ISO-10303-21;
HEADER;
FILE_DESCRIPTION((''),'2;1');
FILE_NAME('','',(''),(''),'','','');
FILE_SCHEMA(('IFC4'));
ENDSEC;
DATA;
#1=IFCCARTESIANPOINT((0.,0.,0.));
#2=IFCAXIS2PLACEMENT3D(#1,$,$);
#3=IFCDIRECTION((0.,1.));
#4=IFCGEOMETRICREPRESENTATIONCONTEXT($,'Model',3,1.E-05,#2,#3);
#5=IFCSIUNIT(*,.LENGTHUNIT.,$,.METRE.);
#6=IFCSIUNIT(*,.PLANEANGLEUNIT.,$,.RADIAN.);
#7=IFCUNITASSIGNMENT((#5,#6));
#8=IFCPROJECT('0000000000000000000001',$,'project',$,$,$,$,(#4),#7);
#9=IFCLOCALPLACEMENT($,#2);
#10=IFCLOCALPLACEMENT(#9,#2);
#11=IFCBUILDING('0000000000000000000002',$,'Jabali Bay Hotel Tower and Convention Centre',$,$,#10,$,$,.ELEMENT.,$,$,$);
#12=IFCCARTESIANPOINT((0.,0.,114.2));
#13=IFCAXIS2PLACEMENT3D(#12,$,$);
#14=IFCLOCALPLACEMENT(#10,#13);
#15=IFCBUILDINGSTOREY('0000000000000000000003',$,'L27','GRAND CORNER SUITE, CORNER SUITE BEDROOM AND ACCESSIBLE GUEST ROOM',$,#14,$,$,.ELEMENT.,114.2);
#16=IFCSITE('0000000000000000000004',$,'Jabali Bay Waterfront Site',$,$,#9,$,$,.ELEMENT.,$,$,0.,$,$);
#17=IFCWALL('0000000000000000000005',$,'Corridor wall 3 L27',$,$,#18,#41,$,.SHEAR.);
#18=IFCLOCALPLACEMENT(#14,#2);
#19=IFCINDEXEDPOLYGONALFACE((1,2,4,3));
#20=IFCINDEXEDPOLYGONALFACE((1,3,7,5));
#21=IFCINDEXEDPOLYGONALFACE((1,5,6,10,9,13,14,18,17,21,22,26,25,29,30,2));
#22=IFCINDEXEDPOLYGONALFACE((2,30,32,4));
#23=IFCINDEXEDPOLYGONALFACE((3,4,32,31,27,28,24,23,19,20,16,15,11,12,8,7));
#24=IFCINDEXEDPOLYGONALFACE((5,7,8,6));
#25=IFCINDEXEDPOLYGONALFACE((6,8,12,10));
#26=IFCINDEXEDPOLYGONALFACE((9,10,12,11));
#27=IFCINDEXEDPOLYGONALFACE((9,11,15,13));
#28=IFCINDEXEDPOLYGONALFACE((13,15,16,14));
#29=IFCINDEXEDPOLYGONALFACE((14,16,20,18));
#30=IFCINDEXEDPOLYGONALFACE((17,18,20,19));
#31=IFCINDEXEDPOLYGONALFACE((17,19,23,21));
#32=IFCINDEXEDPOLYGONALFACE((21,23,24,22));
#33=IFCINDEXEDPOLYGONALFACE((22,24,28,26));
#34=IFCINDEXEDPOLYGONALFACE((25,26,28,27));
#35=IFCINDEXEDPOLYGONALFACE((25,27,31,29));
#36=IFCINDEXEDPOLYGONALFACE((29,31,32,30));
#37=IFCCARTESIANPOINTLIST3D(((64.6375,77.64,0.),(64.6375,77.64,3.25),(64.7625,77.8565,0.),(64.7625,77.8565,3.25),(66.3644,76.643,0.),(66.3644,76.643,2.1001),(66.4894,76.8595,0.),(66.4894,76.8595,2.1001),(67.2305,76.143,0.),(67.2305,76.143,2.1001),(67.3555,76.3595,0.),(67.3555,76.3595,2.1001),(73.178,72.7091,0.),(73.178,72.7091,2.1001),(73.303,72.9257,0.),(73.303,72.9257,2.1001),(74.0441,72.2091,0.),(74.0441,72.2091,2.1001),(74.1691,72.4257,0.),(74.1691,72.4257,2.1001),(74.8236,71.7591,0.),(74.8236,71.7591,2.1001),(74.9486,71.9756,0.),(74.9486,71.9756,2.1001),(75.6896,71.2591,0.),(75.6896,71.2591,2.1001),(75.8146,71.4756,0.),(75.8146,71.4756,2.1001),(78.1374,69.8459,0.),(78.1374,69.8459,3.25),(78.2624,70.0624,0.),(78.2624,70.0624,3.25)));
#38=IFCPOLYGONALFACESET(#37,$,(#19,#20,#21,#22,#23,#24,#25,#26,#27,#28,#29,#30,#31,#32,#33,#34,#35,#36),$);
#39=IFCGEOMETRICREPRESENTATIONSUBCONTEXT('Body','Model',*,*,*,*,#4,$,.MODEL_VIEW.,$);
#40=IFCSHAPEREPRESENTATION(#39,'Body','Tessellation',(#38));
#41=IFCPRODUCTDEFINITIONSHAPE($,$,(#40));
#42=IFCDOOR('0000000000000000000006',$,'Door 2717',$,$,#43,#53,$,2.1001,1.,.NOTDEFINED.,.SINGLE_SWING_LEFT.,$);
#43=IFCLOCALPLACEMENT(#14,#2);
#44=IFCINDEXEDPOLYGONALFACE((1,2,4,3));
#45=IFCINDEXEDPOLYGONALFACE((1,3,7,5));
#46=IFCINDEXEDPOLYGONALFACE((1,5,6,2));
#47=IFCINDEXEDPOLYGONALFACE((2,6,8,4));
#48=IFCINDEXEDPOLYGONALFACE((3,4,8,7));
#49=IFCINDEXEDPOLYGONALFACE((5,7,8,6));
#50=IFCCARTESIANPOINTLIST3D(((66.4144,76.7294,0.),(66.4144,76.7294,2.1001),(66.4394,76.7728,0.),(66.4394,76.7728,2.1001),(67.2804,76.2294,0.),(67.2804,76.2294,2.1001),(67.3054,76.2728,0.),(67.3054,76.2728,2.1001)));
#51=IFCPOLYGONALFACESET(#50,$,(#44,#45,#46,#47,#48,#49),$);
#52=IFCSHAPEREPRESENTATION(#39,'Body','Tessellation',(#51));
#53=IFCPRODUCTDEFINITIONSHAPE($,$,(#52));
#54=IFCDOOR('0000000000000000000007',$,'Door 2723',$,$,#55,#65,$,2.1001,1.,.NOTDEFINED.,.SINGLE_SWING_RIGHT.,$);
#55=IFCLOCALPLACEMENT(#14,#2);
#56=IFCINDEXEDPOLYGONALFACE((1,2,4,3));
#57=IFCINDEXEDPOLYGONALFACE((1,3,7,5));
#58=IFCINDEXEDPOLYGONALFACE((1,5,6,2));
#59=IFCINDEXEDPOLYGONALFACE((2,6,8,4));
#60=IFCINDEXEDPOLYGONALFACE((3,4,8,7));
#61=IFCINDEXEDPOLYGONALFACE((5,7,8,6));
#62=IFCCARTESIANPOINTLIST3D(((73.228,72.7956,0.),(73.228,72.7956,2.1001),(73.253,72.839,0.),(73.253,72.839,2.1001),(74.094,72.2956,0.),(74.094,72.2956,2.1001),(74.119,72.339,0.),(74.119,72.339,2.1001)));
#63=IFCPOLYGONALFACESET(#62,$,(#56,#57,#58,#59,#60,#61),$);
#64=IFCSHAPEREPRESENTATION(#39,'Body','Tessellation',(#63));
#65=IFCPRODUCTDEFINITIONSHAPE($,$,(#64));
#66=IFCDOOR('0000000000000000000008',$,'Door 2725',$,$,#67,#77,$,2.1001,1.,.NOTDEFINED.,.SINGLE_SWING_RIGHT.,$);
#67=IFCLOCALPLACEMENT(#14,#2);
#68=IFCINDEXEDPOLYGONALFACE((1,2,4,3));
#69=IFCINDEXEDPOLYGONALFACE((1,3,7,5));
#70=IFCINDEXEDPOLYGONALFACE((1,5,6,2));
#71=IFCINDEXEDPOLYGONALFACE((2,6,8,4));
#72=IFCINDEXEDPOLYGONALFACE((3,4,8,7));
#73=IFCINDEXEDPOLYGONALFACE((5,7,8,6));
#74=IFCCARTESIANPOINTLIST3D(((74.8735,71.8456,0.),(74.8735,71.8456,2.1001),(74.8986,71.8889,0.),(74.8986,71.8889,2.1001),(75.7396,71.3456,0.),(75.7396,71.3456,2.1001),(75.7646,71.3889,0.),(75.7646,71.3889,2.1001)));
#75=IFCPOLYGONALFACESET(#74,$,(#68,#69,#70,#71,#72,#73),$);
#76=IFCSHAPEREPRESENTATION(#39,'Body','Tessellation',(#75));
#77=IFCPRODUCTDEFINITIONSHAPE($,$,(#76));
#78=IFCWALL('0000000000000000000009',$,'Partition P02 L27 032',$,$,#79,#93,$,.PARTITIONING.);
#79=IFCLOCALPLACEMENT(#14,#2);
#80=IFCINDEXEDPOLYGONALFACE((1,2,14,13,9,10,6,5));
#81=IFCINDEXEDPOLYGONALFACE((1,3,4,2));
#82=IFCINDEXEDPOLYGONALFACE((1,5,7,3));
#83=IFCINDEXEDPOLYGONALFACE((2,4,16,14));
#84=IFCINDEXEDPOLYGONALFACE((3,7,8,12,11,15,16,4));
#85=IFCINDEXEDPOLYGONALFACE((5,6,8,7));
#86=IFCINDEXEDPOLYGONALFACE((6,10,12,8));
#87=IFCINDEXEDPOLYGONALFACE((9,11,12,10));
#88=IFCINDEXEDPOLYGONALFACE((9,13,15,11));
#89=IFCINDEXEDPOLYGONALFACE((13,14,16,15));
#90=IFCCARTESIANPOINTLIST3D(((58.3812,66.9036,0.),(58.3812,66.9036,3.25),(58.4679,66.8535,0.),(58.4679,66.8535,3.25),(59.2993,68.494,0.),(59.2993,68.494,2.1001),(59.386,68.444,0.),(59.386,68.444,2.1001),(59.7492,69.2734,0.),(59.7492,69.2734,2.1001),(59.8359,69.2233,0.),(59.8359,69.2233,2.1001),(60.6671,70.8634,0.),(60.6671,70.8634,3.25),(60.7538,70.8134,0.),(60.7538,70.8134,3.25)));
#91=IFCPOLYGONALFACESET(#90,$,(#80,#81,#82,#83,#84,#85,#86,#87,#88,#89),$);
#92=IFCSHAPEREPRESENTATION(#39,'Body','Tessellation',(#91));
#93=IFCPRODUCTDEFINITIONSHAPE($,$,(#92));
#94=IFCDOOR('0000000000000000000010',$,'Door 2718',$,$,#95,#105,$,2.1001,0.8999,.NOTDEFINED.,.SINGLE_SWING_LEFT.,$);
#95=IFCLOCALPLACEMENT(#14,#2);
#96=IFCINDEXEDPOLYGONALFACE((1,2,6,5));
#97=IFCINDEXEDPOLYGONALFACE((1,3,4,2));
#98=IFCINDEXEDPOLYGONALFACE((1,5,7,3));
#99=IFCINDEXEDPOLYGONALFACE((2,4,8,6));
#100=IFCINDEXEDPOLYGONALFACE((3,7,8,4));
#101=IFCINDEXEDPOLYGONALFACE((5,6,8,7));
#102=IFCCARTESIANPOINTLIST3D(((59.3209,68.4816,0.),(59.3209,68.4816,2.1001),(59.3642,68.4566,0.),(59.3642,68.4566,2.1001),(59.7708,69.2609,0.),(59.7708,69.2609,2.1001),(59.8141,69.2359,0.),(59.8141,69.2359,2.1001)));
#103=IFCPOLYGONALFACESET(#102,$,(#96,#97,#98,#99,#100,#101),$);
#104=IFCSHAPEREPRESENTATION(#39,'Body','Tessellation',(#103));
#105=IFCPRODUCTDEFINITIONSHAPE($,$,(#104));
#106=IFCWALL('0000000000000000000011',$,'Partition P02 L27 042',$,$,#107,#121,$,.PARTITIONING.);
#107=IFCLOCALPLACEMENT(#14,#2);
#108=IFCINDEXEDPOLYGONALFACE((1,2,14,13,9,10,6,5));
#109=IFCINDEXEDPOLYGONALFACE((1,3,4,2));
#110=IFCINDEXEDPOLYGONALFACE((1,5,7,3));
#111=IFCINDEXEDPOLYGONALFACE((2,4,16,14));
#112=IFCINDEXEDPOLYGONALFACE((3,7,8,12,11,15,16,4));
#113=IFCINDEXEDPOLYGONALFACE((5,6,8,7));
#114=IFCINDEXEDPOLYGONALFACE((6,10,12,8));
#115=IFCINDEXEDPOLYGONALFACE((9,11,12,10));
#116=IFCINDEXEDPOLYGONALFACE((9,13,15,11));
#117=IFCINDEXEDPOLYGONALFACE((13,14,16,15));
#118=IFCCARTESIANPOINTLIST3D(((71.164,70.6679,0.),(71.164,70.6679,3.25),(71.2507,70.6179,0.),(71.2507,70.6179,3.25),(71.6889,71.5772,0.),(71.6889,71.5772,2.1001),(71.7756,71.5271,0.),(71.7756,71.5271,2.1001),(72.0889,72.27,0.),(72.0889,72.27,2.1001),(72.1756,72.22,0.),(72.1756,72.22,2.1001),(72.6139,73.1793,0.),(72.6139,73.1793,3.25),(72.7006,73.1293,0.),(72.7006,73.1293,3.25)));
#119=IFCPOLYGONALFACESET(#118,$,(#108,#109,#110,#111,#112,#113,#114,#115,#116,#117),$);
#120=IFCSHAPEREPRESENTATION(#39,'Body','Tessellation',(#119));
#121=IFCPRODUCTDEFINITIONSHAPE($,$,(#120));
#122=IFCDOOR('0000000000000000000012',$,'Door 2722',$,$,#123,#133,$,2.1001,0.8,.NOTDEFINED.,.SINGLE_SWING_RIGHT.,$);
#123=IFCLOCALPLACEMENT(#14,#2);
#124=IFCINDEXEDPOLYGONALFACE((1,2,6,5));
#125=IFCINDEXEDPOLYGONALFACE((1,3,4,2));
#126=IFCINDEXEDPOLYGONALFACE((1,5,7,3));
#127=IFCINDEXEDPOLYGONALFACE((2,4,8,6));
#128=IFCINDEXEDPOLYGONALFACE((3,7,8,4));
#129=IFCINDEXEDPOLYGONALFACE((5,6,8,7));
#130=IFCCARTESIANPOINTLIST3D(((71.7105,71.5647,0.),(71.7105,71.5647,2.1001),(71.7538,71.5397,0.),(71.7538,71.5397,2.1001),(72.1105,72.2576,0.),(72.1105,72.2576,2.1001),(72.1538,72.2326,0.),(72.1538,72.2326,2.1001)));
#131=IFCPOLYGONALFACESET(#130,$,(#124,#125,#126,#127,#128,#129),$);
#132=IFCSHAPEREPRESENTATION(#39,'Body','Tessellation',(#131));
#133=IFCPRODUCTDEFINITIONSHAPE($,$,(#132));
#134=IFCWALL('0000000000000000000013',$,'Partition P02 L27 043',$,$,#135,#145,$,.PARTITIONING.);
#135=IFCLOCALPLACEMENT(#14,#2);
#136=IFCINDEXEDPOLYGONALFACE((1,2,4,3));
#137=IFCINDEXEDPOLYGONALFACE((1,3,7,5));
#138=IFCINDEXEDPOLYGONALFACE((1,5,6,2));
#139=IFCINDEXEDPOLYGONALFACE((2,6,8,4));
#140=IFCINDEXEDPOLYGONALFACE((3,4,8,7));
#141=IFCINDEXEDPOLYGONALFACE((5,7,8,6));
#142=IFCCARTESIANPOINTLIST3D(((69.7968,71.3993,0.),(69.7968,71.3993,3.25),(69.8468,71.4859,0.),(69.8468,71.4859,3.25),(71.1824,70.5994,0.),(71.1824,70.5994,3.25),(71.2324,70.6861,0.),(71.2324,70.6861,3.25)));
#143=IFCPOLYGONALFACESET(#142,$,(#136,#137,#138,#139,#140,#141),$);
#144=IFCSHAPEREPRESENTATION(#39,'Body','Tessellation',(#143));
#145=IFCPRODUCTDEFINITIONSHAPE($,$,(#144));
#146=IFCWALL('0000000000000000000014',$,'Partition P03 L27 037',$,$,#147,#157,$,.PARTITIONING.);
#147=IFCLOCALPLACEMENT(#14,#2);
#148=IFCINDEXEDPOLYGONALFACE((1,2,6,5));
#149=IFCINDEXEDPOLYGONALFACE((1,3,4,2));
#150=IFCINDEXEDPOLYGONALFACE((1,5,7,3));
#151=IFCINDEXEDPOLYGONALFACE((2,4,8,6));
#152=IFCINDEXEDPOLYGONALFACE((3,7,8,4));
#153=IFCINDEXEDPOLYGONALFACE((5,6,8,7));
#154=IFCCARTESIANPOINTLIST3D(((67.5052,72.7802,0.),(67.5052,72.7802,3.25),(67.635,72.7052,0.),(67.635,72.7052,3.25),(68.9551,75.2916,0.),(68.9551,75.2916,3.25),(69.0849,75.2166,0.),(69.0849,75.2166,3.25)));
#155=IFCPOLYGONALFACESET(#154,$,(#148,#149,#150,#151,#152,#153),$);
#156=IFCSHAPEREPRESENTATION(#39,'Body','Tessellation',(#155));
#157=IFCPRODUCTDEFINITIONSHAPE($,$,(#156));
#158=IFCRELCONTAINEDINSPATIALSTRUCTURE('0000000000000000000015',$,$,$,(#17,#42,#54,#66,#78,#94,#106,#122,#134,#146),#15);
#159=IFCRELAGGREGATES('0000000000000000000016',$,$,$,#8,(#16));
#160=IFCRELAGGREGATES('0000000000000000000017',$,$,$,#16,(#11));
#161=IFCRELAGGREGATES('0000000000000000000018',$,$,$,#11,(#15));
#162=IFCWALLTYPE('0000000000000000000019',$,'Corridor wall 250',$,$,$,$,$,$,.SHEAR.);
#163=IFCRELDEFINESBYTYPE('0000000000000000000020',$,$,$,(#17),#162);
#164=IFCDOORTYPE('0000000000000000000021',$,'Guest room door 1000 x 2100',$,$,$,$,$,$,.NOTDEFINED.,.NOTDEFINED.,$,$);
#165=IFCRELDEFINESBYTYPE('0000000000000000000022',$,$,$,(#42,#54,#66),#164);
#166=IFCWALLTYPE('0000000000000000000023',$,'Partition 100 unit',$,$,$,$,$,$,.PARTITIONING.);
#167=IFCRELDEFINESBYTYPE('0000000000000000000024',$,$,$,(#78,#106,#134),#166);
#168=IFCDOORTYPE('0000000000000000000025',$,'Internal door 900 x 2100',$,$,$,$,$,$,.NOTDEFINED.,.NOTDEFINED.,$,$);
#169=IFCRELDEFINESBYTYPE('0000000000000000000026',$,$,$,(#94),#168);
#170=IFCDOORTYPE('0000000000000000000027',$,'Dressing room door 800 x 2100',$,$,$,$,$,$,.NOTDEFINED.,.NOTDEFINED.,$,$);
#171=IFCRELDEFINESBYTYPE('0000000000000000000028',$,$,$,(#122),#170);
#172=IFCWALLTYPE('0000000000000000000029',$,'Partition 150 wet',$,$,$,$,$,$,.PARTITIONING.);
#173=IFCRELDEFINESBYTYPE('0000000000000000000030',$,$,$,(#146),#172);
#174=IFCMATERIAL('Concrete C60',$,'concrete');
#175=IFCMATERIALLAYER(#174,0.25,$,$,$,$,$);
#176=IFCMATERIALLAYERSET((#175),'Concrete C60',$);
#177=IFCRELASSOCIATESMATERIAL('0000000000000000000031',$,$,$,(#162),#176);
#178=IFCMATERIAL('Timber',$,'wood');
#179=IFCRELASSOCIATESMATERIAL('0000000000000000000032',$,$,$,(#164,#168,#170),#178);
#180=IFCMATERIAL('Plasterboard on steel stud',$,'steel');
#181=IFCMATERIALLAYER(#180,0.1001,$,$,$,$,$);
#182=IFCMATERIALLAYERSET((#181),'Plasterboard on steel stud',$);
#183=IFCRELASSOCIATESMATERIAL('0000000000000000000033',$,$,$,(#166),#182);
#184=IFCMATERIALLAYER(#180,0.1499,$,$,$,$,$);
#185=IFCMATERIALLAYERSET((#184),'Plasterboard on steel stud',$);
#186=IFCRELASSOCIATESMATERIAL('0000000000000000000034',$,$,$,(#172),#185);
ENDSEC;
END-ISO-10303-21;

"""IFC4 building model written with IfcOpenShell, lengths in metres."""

from ifc_helpers import new_model, si_unit, direction, frame, frame_2d, origin, place, context, subcontext, project, spatial, rectangle, extrude, material, layer, layer_set, type_object, element, fill, save


model = new_model("IFC4")

# Units and contexts
model_context = context("Model", 3, precision=1e-05, world=origin(), true_north=direction((0.0, 1.0)))
body_context = subcontext(model_context, "Body", "Model", "MODEL_VIEW")
ifc_project = project(units=[si_unit("LENGTHUNIT", "METRE"), si_unit("PLANEANGLEUNIT", "RADIAN")], contexts=[model_context])

# Site, building, storey
site_placement = place(None, origin())
site = spatial("IfcSite", under=ifc_project, at=site_placement, Name="Jabali Bay Waterfront Site", CompositionType="ELEMENT", RefElevation=0.0)
building_placement = place(site_placement, origin())
building = spatial("IfcBuilding", under=site, at=building_placement, Name="Jabali Bay Hotel Tower and Convention Centre", CompositionType="ELEMENT")
storey_placement = place(building_placement, frame((0.0, 0.0, 114.2)))
storey = spatial("IfcBuildingStorey", under=building, at=storey_placement, Name="L27", Description="GRAND CORNER SUITE, CORNER SUITE BEDROOM AND ACCESSIBLE GUEST ROOM", CompositionType="ELEMENT", Elevation=114.2)

# Shared definitions
ifc_material_1 = material(Name="Concrete C60", Category="concrete")

# Wall, openings, doors
ifc_layer_1 = layer(ifc_material_1, 0.25)
ifc_layer_set_1 = layer_set([ifc_layer_1], Name="Concrete C60")
wall_type_1 = type_object("IfcWallType", Name="Corridor wall 250", PredefinedType="SHEAR", material=ifc_layer_set_1)
wall_1_placement = place(storey_placement, frame((64.7, 77.7483, 0.0), z_axis=(0.0, 0.0, 1.0), x_axis=(0.866026, -0.499998, 0.0)))
wall_1 = element("IfcWall", 1, at=wall_1_placement, inside=storey, type_object=wall_type_1, Name="Corridor wall 3 L27", PredefinedType="SHEAR", context=body_context, shape_type="SweptSolid", body=[
    extrude(rectangle(XDim=15.5884, YDim=0.25, at=frame_2d((7.7942, 0.0))), origin(), (0.0, 0.0, 1.0), 3.25),
])
opening_1_placement = place(wall_1_placement, frame((1.9941, 0.0, 0.0)))
opening_1 = element("IfcOpeningElement", 2, at=opening_1_placement, cuts=wall_1, PredefinedType="OPENING", context=body_context, shape_type="SweptSolid", body=[
    extrude(rectangle(XDim=1.0, YDim=2.1001, at=frame_2d((0.5, 1.05))), frame((0.0, 0.1355, 0.0), z_axis=(0.0, -1.0, 0.0), x_axis=(1.0, 0.0, 0.0)), (0.0, 0.0, 1.0), 0.271),
])
opening_2_placement = place(wall_1_placement, frame((9.8618, 0.0, 0.0)))
opening_2 = element("IfcOpeningElement", 3, at=opening_2_placement, cuts=wall_1, PredefinedType="OPENING", context=body_context, shape_type="SweptSolid", body=[
    extrude(rectangle(XDim=1.0, YDim=2.1001, at=frame_2d((0.5, 1.05))), frame((0.0, 0.1355, 0.0), z_axis=(0.0, -1.0, 0.0), x_axis=(1.0, 0.0, 0.0)), (0.0, 0.0, 1.0), 0.271),
])
opening_3_placement = place(wall_1_placement, frame((11.762, 0.0, 0.0)))
opening_3 = element("IfcOpeningElement", 4, at=opening_3_placement, cuts=wall_1, PredefinedType="OPENING", context=body_context, shape_type="SweptSolid", body=[
    extrude(rectangle(XDim=1.0, YDim=2.1001, at=frame_2d((0.5, 1.05))), frame((0.0, 0.1355, 0.0), z_axis=(0.0, -1.0, 0.0), x_axis=(1.0, 0.0, 0.0)), (0.0, 0.0, 1.0), 0.271),
])
ifc_material_2 = material(Name="Timber", Category="wood")
door_type_1 = type_object("IfcDoorType", Name="Guest room door 1000 x 2100", OperationType="NOTDEFINED", PredefinedType="NOTDEFINED", material=ifc_material_2)
door_1_placement = place(opening_1_placement, origin())
door_1 = element("IfcDoor", 5, at=door_1_placement, inside=storey, type_object=door_type_1, Name="Door 2717", OperationType="SINGLE_SWING_LEFT", OverallHeight=2.1001, OverallWidth=1.0, PredefinedType="NOTDEFINED", context=body_context, shape_type="SweptSolid", body=[
    extrude(rectangle(XDim=1.0, YDim=2.1001, at=frame_2d((0.5, 1.05))), frame((0.0, 0.0249, 0.0), z_axis=(0.0, -1.0, 0.0), x_axis=(1.0, 0.0, 0.0)), (0.0, 0.0, 1.0), 0.05),
])
fill(opening_1, door_1)
door_2_placement = place(opening_2_placement, origin())
door_2 = element("IfcDoor", 6, at=door_2_placement, inside=storey, type_object=door_type_1, Name="Door 2723", OperationType="SINGLE_SWING_RIGHT", OverallHeight=2.1001, OverallWidth=1.0, PredefinedType="NOTDEFINED", context=body_context, shape_type="SweptSolid", body=[
    extrude(rectangle(XDim=1.0, YDim=2.1001, at=frame_2d((0.5, 1.05))), frame((0.0, 0.0249, 0.0), z_axis=(0.0, -1.0, 0.0), x_axis=(1.0, 0.0, 0.0)), (0.0, 0.0, 1.0), 0.05),
])
fill(opening_2, door_2)
door_3_placement = place(opening_3_placement, origin())
door_3 = element("IfcDoor", 7, at=door_3_placement, inside=storey, type_object=door_type_1, Name="Door 2725", OperationType="SINGLE_SWING_RIGHT", OverallHeight=2.1001, OverallWidth=1.0, PredefinedType="NOTDEFINED", context=body_context, shape_type="SweptSolid", body=[
    extrude(rectangle(XDim=1.0, YDim=2.1001, at=frame_2d((0.5, 1.05))), frame((0.0, 0.0249, 0.0), z_axis=(0.0, -1.0, 0.0), x_axis=(1.0, 0.0, 0.0)), (0.0, 0.0, 1.0), 0.05),
])
fill(opening_3, door_3)

# Walls, openings, doors
ifc_material_3 = material(Name="Plasterboard on steel stud", Category="steel")
ifc_layer_2 = layer(ifc_material_3, 0.1001)
ifc_layer_set_2 = layer_set([ifc_layer_2], Name="Plasterboard on steel stud")
wall_type_2 = type_object("IfcWallType", Name="Partition 100 unit", PredefinedType="PARTITIONING", material=ifc_layer_set_2)
wall_2_placement = place(storey_placement, frame((60.7104, 70.8384, 0.0), z_axis=(0.0, 0.0, 1.0), x_axis=(-0.499958, -0.86605, 0.0)))
wall_2 = element("IfcWall", 8, at=wall_2_placement, inside=storey, type_object=wall_type_2, Name="Partition P02 L27 032", PredefinedType="PARTITIONING", context=body_context, shape_type="SweptSolid", body=[
    extrude(rectangle(XDim=4.5723, YDim=0.1001, at=frame_2d((2.2861, 0.0))), origin(), (0.0, 0.0, 1.0), 3.25),
])
opening_4_placement = place(wall_2_placement, frame((1.8359, 0.0, 0.0)))
opening_4 = element("IfcOpeningElement", 9, at=opening_4_placement, cuts=wall_2, PredefinedType="OPENING", context=body_context, shape_type="SweptSolid", body=[
    extrude(rectangle(XDim=0.8999, YDim=2.1001, at=frame_2d((0.45, 1.05))), frame((0.0, 0.0605, 0.0), z_axis=(0.0, -1.0, 0.0), x_axis=(1.0, 0.0, 0.0)), (0.0, 0.0, 1.0), 0.1211),
])
door_type_2 = type_object("IfcDoorType", Name="Internal door 900 x 2100", OperationType="NOTDEFINED", PredefinedType="NOTDEFINED", material=ifc_material_2)
door_4_placement = place(opening_4_placement, origin())
door_4 = element("IfcDoor", 10, at=door_4_placement, inside=storey, type_object=door_type_2, Name="Door 2718", OperationType="SINGLE_SWING_LEFT", OverallHeight=2.1001, OverallWidth=0.8999, PredefinedType="NOTDEFINED", context=body_context, shape_type="SweptSolid", body=[
    extrude(rectangle(XDim=0.8999, YDim=2.1001, at=frame_2d((0.45, 1.05))), frame((0.0, 0.0249, 0.0), z_axis=(0.0, -1.0, 0.0), x_axis=(1.0, 0.0, 0.0)), (0.0, 0.0, 1.0), 0.05),
])
fill(opening_4, door_4)
wall_3_placement = place(storey_placement, frame((72.6572, 73.1543, 0.0), z_axis=(0.0, 0.0, 1.0), x_axis=(-0.499987, -0.866033, 0.0)))
wall_3 = element("IfcWall", 11, at=wall_3_placement, inside=storey, type_object=wall_type_2, Name="Partition P02 L27 042", PredefinedType="PARTITIONING", context=body_context, shape_type="SweptSolid", body=[
    extrude(rectangle(XDim=2.8999, YDim=0.1001, at=frame_2d((1.45, 0.0))), origin(), (0.0, 0.0, 1.0), 3.25),
])
opening_5_placement = place(wall_3_placement, frame((1.05, 0.0, 0.0)))
opening_5 = element("IfcOpeningElement", 12, at=opening_5_placement, cuts=wall_3, PredefinedType="OPENING", context=body_context, shape_type="SweptSolid", body=[
    extrude(rectangle(XDim=0.8, YDim=2.1001, at=frame_2d((0.3999, 1.05))), frame((0.0, 0.0605, 0.0), z_axis=(0.0, -1.0, 0.0), x_axis=(1.0, 0.0, 0.0)), (0.0, 0.0, 1.0), 0.1211),
])
door_type_3 = type_object("IfcDoorType", Name="Dressing room door 800 x 2100", OperationType="NOTDEFINED", PredefinedType="NOTDEFINED", material=ifc_material_2)
door_5_placement = place(opening_5_placement, origin())
door_5 = element("IfcDoor", 13, at=door_5_placement, inside=storey, type_object=door_type_3, Name="Door 2722", OperationType="SINGLE_SWING_RIGHT", OverallHeight=2.1001, OverallWidth=0.8, PredefinedType="NOTDEFINED", context=body_context, shape_type="SweptSolid", body=[
    extrude(rectangle(XDim=0.8, YDim=2.1001, at=frame_2d((0.3999, 1.05))), frame((0.0, 0.0249, 0.0), z_axis=(0.0, -1.0, 0.0), x_axis=(1.0, 0.0, 0.0)), (0.0, 0.0, 1.0), 0.05),
])
fill(opening_5, door_5)

# Walls
wall_4_placement = place(storey_placement, frame((71.2073, 70.6428, 0.0), z_axis=(0.0, 0.0, 1.0), x_axis=(-0.866056, 0.499947, 0.0)))
element("IfcWall", 14, at=wall_4_placement, inside=storey, type_object=wall_type_2, Name="Partition P02 L27 043", PredefinedType="PARTITIONING", context=body_context, shape_type="SweptSolid", body=[
    extrude(rectangle(XDim=1.5999, YDim=0.1001, at=frame_2d((0.7998, 0.0))), origin(), (0.0, 0.0, 1.0), 3.25),
])
ifc_layer_3 = layer(ifc_material_3, 0.1499)
ifc_layer_set_3 = layer_set([ifc_layer_3], Name="Plasterboard on steel stud")
wall_type_3 = type_object("IfcWallType", Name="Partition 150 wet", PredefinedType="PARTITIONING", material=ifc_layer_set_3)
wall_5_placement = place(storey_placement, frame((67.5701, 72.7427, 0.0), z_axis=(0.0, 0.0, 1.0), x_axis=(0.499987, 0.866033, 0.0)))
element("IfcWall", 15, at=wall_5_placement, inside=storey, type_object=wall_type_3, Name="Partition P03 L27 037", PredefinedType="PARTITIONING", context=body_context, shape_type="SweptSolid", body=[
    extrude(rectangle(XDim=2.8999, YDim=0.1499, at=frame_2d((1.45, 0.0))), origin(), (0.0, 0.0, 1.0), 3.25),
])

save(model, "model.ifc")
